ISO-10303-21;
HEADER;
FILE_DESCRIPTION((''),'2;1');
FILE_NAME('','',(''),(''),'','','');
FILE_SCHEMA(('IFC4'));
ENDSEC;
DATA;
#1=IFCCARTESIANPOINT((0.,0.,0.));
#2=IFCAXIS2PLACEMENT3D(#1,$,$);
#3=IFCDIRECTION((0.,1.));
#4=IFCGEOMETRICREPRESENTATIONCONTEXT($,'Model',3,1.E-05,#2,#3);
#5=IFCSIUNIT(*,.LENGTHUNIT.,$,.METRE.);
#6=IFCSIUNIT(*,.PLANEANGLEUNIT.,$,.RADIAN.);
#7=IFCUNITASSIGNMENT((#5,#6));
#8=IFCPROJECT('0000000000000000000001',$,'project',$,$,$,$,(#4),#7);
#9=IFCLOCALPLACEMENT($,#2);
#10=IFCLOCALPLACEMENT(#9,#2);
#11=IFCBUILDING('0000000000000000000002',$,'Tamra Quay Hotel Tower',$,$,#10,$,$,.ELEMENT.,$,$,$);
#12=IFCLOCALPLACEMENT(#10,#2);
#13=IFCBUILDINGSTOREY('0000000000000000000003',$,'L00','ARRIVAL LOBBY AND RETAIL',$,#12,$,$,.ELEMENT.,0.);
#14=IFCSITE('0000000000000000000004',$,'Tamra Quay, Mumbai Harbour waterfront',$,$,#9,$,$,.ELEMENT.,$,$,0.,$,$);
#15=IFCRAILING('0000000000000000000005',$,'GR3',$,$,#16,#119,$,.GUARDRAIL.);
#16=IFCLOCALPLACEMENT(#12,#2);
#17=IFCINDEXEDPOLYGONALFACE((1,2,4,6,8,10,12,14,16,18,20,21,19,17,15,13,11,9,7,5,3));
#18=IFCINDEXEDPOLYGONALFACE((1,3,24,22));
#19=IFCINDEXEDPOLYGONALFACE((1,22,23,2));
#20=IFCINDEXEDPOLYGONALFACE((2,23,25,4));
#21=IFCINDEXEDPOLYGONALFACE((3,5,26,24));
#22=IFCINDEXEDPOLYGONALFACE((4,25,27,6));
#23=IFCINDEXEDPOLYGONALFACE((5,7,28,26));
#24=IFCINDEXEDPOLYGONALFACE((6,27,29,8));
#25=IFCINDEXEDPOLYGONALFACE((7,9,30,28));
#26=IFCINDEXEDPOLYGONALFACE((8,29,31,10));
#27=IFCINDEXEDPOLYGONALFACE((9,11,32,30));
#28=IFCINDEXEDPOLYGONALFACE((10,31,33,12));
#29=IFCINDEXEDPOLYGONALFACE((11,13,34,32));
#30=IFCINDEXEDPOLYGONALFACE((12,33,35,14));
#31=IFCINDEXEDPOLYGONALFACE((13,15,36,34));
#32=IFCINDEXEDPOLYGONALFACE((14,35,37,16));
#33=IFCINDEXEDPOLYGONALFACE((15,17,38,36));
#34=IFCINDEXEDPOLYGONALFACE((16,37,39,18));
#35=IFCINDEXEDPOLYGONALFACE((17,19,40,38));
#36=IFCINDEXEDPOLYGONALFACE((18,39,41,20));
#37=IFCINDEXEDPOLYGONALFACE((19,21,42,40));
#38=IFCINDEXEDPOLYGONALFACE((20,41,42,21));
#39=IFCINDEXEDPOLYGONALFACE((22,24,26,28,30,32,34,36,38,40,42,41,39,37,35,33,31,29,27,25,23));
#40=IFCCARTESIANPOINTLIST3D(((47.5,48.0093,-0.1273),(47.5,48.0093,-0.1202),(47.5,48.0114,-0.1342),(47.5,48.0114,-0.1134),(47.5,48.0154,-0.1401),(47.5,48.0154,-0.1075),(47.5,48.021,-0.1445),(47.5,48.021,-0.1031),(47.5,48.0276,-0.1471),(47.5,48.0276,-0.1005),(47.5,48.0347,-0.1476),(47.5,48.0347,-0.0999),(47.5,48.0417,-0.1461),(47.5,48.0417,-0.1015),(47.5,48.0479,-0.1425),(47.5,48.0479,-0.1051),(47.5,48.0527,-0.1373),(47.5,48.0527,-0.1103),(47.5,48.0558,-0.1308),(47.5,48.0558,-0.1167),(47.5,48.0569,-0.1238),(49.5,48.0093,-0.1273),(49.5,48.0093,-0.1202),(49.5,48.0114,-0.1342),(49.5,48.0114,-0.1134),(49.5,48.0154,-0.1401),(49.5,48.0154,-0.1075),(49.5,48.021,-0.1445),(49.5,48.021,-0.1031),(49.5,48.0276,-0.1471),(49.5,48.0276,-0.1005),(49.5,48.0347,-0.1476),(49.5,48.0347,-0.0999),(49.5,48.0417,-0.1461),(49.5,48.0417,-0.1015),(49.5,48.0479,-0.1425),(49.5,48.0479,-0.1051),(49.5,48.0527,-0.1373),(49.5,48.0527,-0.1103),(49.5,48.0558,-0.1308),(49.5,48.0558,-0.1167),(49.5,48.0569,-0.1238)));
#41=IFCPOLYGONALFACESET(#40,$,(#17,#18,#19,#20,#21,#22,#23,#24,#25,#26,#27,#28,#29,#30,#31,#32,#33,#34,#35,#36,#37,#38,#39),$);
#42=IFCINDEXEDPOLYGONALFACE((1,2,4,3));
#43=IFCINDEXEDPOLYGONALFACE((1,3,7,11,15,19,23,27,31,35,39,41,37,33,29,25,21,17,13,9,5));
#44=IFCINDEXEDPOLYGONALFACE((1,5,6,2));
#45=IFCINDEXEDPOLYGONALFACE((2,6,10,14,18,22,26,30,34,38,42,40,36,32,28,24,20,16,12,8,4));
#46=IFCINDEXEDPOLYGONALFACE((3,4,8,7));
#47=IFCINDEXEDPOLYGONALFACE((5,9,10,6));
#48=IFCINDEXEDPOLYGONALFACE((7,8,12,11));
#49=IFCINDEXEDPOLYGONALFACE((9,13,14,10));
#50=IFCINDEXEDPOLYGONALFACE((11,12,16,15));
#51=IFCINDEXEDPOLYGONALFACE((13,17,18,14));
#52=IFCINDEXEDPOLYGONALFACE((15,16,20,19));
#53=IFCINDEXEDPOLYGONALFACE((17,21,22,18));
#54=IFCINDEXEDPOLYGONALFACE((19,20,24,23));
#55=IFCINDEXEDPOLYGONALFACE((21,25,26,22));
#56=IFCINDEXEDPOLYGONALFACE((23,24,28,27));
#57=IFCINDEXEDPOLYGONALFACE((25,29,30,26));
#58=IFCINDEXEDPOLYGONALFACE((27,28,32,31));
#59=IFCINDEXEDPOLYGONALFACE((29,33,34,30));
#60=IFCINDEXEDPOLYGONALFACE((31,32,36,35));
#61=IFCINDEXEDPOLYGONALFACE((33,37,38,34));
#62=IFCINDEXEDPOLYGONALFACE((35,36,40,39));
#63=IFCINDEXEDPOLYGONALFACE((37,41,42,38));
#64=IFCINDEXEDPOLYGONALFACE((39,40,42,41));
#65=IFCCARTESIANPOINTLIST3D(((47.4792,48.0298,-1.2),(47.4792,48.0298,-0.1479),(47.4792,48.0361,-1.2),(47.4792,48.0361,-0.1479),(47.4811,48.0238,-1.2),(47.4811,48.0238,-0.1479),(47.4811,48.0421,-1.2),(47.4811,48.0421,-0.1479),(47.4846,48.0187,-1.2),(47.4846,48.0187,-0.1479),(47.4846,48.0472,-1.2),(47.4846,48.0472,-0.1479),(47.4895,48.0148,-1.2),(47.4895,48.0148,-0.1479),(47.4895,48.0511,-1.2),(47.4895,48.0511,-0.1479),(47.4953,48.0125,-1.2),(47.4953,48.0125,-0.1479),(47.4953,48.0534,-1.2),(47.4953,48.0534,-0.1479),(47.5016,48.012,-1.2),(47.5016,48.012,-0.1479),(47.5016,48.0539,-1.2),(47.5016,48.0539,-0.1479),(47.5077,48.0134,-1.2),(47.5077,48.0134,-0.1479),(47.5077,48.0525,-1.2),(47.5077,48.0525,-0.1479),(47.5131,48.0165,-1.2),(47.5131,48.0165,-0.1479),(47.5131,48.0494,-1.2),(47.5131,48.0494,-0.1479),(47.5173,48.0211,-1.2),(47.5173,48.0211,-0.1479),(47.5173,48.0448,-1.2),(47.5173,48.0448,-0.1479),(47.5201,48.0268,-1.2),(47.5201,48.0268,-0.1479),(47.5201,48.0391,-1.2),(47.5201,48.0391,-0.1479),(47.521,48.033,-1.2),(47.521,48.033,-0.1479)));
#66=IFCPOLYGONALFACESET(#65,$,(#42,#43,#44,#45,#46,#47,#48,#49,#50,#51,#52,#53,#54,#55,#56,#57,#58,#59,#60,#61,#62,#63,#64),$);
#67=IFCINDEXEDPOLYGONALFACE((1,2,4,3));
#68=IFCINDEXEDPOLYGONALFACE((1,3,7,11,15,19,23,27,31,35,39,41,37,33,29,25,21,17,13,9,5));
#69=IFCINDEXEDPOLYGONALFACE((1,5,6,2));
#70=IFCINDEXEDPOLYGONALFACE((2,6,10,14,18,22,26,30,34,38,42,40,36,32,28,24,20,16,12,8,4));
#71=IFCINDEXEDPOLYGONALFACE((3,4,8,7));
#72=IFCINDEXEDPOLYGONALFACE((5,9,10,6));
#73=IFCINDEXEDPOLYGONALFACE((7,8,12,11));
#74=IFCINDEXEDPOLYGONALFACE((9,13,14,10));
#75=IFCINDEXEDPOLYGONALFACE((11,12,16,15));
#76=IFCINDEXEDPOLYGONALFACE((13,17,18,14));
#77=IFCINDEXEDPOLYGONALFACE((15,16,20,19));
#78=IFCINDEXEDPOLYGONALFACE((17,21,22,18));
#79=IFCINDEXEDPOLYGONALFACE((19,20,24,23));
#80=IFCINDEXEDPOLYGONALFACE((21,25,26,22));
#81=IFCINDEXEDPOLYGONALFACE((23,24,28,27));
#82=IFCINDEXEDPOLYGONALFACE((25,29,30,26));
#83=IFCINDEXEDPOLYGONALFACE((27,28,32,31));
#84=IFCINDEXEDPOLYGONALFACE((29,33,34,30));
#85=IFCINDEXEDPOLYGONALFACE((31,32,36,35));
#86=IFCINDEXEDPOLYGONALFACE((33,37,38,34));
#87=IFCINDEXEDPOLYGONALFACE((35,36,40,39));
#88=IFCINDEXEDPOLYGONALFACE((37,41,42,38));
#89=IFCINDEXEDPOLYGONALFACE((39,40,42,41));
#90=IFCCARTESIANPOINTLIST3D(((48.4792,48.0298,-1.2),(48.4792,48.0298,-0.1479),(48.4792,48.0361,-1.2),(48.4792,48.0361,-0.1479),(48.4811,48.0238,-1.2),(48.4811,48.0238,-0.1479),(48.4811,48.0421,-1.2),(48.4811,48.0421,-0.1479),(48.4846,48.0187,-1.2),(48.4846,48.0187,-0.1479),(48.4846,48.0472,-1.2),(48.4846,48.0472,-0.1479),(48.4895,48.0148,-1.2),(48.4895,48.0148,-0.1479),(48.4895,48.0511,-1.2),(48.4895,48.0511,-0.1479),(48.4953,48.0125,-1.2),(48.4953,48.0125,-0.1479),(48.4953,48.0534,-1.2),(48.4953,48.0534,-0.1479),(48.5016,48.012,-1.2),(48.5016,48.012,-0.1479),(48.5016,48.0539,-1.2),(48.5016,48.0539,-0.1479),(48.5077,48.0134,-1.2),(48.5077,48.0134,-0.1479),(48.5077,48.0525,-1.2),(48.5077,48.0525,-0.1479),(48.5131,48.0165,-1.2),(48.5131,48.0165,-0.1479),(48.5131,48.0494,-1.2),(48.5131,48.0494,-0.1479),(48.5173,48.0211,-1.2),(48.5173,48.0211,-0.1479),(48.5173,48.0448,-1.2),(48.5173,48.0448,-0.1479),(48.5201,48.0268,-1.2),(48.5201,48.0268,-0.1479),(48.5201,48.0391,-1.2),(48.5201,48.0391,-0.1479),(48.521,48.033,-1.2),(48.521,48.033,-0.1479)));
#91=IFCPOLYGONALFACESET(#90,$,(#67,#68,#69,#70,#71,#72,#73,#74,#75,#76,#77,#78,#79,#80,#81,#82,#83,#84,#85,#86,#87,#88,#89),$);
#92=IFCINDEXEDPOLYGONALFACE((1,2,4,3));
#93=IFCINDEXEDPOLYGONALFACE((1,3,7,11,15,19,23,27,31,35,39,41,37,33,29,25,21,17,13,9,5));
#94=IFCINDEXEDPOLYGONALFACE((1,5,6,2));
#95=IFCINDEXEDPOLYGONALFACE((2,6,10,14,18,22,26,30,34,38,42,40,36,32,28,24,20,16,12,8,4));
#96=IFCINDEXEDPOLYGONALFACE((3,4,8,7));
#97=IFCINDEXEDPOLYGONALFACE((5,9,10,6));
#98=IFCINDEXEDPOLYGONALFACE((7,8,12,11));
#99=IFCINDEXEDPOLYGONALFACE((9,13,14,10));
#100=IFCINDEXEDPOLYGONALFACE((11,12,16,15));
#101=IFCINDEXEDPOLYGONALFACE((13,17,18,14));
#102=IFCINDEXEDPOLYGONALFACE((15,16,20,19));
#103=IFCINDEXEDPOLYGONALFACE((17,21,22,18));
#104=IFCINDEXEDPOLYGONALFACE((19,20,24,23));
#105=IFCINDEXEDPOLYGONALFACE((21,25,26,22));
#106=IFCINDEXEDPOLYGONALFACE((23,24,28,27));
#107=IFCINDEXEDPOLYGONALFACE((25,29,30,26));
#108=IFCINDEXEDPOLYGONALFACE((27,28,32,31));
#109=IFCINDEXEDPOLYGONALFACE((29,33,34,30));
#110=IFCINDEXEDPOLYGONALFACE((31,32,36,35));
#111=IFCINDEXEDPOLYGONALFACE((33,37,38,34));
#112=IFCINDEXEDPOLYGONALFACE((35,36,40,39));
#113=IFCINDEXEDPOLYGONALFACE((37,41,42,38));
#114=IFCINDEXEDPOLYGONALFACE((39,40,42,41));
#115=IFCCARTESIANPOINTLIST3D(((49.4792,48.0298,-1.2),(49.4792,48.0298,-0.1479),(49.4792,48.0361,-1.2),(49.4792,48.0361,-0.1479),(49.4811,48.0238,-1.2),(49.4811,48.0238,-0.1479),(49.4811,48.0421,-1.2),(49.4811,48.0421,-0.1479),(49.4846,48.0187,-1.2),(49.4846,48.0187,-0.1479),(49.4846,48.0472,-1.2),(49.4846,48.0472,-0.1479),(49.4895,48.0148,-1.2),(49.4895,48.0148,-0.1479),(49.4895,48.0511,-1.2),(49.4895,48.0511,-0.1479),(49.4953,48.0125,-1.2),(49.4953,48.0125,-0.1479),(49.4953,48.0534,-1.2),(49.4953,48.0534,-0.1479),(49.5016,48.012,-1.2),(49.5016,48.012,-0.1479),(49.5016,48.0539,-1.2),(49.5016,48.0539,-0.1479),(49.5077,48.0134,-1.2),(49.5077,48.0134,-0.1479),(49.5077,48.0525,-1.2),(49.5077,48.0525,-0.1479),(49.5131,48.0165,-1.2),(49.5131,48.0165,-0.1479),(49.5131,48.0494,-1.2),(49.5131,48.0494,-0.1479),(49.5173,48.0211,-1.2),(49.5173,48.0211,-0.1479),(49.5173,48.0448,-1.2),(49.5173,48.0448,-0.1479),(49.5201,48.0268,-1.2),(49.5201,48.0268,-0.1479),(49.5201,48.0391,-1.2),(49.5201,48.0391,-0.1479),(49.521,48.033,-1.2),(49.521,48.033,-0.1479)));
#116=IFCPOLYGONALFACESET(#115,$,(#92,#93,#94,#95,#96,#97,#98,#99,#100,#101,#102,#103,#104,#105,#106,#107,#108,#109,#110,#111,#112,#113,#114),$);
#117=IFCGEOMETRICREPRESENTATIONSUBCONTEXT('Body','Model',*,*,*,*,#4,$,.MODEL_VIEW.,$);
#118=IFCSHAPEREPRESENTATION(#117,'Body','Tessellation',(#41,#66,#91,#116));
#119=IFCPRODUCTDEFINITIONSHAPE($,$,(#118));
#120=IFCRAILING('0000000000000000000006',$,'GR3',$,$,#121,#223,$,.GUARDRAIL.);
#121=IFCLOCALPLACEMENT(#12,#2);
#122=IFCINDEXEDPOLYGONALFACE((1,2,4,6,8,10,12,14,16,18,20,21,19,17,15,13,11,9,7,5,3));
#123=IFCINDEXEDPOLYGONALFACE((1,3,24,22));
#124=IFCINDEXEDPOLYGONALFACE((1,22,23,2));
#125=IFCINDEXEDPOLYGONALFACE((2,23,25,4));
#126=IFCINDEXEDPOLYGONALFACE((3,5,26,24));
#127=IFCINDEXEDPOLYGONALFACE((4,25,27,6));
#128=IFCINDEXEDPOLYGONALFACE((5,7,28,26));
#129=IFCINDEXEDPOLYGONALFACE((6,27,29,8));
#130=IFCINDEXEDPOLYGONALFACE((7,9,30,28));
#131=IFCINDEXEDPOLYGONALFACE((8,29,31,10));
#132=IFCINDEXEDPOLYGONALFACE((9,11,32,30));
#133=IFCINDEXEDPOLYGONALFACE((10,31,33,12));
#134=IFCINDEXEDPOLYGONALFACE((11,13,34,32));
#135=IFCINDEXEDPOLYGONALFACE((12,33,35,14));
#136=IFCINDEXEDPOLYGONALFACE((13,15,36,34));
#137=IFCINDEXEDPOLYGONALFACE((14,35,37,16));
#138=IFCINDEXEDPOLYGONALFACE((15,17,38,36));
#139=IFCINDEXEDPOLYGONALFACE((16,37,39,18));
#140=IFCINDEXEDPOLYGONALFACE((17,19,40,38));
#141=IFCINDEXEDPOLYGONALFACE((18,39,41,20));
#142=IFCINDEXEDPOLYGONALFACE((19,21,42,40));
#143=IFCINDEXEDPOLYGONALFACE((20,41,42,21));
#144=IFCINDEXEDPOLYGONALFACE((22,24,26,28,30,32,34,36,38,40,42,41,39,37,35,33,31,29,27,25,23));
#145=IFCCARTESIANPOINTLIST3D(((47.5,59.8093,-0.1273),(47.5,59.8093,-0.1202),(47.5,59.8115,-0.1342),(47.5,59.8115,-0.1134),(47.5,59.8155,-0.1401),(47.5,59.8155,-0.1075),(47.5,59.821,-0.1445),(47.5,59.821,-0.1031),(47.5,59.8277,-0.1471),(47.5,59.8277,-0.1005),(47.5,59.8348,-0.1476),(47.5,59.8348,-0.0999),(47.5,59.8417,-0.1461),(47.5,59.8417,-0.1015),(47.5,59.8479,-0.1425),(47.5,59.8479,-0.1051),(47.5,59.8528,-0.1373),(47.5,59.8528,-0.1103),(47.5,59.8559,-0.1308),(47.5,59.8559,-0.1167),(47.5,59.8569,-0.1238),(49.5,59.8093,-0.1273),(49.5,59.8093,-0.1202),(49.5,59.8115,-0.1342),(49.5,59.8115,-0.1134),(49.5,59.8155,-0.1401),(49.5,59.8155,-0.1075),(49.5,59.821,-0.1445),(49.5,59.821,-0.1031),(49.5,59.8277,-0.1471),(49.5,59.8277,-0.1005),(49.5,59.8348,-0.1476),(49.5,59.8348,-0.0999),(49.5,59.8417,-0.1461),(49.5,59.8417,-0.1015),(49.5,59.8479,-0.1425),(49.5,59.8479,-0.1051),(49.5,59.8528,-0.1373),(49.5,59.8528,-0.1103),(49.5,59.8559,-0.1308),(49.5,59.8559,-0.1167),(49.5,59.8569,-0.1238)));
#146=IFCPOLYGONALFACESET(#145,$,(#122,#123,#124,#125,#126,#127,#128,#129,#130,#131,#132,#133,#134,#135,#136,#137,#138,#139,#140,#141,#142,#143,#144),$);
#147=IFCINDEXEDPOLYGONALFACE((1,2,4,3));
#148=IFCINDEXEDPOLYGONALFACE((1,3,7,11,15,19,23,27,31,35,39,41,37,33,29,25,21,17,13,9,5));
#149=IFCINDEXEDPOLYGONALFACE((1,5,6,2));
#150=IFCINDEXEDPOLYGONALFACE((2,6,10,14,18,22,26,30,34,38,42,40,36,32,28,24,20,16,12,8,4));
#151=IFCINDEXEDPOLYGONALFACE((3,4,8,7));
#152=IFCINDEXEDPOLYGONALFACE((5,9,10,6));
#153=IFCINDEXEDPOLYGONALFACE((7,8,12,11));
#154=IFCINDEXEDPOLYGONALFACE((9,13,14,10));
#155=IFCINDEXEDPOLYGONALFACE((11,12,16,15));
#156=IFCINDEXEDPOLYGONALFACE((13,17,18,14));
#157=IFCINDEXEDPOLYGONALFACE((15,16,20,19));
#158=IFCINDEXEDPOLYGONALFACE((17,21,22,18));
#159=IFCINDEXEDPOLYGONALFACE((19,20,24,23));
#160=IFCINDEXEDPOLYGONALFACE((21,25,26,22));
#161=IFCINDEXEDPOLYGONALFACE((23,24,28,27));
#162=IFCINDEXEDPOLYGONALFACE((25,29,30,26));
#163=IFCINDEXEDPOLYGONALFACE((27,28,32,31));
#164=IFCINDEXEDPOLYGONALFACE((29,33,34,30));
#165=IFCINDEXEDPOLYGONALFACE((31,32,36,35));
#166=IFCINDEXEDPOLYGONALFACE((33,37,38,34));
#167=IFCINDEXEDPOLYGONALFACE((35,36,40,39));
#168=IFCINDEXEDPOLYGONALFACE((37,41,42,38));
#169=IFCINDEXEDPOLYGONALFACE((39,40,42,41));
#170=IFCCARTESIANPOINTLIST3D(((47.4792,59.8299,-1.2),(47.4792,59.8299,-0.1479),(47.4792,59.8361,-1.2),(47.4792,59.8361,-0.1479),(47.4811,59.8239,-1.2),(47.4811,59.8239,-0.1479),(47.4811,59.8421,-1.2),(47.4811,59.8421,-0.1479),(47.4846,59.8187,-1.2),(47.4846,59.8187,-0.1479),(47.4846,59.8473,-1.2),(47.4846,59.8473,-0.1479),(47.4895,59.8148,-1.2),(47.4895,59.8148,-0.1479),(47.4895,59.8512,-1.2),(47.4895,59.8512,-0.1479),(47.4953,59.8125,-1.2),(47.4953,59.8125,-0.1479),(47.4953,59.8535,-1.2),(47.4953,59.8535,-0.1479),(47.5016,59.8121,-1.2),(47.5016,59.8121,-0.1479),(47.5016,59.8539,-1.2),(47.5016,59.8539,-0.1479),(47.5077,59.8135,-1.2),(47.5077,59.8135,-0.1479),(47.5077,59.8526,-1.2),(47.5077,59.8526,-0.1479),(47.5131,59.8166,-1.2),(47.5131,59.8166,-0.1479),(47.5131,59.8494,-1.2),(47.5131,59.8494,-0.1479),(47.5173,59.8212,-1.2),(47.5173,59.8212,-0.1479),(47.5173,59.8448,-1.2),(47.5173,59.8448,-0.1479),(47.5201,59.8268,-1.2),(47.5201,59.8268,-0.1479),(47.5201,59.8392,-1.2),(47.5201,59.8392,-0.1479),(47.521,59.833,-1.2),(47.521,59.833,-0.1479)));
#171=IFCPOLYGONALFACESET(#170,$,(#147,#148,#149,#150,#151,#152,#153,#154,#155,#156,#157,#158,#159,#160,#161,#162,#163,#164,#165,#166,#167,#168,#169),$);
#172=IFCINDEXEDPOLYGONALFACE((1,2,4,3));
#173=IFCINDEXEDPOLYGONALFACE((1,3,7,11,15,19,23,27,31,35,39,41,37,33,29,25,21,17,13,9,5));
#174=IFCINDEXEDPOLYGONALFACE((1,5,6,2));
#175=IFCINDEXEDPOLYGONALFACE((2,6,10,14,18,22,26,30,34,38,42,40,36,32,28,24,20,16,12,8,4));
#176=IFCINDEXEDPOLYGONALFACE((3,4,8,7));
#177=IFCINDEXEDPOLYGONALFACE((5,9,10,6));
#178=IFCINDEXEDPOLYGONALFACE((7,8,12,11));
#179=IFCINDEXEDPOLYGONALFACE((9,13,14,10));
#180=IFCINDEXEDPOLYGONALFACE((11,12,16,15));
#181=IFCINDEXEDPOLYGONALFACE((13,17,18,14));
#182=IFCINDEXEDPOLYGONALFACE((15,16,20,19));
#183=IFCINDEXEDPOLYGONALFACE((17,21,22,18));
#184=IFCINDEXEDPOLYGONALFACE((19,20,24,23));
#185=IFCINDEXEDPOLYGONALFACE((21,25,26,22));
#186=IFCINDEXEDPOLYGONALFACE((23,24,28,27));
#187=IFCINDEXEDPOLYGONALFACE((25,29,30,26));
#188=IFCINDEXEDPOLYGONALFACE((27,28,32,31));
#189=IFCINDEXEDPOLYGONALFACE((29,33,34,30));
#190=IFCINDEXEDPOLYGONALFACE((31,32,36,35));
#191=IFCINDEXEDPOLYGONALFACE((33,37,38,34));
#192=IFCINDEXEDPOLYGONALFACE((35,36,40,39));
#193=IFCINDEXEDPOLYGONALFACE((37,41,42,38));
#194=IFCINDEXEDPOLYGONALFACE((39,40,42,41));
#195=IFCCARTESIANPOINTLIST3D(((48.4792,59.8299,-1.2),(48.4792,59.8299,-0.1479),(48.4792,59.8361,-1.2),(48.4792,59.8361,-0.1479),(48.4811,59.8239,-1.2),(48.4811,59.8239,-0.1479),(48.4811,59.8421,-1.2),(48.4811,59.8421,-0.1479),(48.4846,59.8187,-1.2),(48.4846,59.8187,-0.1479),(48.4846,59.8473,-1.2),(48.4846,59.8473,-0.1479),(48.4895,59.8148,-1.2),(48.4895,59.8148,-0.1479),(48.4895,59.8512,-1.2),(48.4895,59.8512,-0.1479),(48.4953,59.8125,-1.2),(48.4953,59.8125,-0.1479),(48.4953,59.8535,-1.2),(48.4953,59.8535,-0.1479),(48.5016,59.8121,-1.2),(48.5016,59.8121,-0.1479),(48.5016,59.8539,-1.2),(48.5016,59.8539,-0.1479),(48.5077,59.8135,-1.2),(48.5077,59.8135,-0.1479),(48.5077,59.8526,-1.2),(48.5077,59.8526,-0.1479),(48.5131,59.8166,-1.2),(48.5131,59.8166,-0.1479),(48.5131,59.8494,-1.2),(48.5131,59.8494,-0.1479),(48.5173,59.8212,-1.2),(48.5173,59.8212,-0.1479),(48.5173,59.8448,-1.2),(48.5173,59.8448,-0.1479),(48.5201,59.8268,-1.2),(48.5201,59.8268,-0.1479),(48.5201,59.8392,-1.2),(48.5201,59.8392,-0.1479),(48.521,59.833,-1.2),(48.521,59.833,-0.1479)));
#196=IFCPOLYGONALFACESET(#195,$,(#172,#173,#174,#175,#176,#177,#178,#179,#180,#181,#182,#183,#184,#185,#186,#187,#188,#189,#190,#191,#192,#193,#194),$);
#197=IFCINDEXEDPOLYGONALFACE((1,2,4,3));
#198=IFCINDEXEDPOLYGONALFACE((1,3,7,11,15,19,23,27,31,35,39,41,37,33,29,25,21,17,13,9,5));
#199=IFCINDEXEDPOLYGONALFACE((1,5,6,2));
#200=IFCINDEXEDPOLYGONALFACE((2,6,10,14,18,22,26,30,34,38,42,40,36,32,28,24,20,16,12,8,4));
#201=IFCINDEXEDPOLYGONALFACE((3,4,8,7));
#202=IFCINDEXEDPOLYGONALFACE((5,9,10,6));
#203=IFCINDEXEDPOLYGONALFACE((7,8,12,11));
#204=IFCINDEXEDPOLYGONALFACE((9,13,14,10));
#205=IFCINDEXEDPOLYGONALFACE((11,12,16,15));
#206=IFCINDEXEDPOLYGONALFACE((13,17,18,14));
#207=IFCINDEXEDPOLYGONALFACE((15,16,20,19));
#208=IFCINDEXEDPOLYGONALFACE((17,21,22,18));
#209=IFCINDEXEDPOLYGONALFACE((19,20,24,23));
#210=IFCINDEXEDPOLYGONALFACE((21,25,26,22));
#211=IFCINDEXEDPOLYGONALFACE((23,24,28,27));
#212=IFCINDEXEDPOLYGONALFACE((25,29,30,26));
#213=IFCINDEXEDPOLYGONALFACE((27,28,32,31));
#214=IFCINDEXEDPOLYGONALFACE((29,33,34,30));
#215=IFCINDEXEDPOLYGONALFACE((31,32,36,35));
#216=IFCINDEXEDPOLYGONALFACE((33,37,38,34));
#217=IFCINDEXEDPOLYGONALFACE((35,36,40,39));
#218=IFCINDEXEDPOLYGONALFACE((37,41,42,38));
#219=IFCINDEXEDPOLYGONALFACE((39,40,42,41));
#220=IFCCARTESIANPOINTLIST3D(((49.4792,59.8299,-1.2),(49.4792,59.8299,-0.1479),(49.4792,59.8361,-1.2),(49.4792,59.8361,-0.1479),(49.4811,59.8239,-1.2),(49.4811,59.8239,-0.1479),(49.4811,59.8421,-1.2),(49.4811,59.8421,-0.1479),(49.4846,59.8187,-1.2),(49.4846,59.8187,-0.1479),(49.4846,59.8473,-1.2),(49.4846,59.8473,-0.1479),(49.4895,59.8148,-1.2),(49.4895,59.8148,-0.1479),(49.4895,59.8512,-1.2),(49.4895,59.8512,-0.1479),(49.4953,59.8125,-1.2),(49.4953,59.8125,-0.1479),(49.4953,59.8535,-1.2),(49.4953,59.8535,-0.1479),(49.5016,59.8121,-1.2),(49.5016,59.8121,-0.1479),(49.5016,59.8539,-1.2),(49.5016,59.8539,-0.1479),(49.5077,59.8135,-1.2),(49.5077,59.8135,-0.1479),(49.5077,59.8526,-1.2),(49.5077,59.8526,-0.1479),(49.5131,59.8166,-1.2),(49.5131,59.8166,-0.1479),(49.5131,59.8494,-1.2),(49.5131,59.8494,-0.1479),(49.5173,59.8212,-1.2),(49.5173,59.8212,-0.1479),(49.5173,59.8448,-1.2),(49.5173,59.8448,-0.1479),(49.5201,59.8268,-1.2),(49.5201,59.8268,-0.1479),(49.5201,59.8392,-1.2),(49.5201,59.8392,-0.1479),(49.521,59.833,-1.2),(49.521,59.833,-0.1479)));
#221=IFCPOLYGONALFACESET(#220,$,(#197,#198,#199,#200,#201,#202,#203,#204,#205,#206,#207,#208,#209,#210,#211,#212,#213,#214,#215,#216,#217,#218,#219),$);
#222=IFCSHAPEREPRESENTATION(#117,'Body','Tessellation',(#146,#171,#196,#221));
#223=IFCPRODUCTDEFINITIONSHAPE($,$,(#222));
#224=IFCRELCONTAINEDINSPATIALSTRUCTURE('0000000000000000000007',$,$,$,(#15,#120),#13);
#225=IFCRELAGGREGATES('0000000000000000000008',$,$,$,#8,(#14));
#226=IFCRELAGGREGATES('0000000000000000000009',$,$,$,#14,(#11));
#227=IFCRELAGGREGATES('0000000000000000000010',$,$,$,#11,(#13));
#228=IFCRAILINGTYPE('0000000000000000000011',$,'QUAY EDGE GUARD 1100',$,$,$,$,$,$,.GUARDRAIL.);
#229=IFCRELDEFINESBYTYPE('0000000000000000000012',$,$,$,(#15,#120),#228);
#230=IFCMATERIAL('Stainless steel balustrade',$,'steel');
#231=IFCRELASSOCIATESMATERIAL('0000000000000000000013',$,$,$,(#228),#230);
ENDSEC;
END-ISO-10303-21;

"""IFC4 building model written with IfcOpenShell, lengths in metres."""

from ifc_helpers import new_model, si_unit, direction, frame, origin, origin_2d, place, context, subcontext, project, spatial, circle, extrude, material, type_object, element, save


model = new_model("IFC4")

# Units and contexts
model_context = context("Model", 3, precision=1e-05, world=origin(), true_north=direction((0.0, 1.0)))
body_context = subcontext(model_context, "Body", "Model", "MODEL_VIEW")
ifc_project = project(units=[si_unit("LENGTHUNIT", "METRE"), si_unit("PLANEANGLEUNIT", "RADIAN")], contexts=[model_context])

# Site, building, storey
site_placement = place(None, origin())
site = spatial("IfcSite", under=ifc_project, at=site_placement, Name="Tamra Quay, Mumbai Harbour waterfront", CompositionType="ELEMENT", RefElevation=0.0)
building_placement = place(site_placement, origin())
building = spatial("IfcBuilding", under=site, at=building_placement, Name="Tamra Quay Hotel Tower", CompositionType="ELEMENT")
storey_placement = place(building_placement, origin())
storey = spatial("IfcBuildingStorey", under=building, at=storey_placement, Name="L00", Description="ARRIVAL LOBBY AND RETAIL", CompositionType="ELEMENT", Elevation=0.0)

# Railings
ifc_material_1 = material(Name="Stainless steel balustrade", Category="steel")
railing_type = type_object("IfcRailingType", Name="QUAY EDGE GUARD 1100", PredefinedType="GUARDRAIL", material=ifc_material_1)
for number, where, name in (
    (1, (47.5, 48.033, -1.2), "GR3"),
    (2, (47.5, 59.833, -1.2), "GR3"),
):
    element("IfcRailing", number, at=place(storey_placement, frame(where)), inside=storey, type_object=railing_type, Name=name, PredefinedType="GUARDRAIL", context=body_context, shape_type="SweptSolid", body=[
        extrude(circle(Radius=0.0239, at=origin_2d()), frame((0.0, 0.0, 1.0762), z_axis=(1.0, 0.0, 0.0), x_axis=(0.0, 1.0, 0.0)), (0.0, 0.0, 1.0), 2.0),
        extrude(circle(Radius=0.021, at=origin_2d()), origin(), (0.0, 0.0, 1.0), 1.052),
        extrude(circle(Radius=0.021, at=origin_2d()), frame((1.0, 0.0, 0.0)), (0.0, 0.0, 1.0), 1.052),
        extrude(circle(Radius=0.021, at=origin_2d()), frame((2.0, 0.0, 0.0)), (0.0, 0.0, 1.0), 1.052),
    ])

save(model, "model.ifc")
